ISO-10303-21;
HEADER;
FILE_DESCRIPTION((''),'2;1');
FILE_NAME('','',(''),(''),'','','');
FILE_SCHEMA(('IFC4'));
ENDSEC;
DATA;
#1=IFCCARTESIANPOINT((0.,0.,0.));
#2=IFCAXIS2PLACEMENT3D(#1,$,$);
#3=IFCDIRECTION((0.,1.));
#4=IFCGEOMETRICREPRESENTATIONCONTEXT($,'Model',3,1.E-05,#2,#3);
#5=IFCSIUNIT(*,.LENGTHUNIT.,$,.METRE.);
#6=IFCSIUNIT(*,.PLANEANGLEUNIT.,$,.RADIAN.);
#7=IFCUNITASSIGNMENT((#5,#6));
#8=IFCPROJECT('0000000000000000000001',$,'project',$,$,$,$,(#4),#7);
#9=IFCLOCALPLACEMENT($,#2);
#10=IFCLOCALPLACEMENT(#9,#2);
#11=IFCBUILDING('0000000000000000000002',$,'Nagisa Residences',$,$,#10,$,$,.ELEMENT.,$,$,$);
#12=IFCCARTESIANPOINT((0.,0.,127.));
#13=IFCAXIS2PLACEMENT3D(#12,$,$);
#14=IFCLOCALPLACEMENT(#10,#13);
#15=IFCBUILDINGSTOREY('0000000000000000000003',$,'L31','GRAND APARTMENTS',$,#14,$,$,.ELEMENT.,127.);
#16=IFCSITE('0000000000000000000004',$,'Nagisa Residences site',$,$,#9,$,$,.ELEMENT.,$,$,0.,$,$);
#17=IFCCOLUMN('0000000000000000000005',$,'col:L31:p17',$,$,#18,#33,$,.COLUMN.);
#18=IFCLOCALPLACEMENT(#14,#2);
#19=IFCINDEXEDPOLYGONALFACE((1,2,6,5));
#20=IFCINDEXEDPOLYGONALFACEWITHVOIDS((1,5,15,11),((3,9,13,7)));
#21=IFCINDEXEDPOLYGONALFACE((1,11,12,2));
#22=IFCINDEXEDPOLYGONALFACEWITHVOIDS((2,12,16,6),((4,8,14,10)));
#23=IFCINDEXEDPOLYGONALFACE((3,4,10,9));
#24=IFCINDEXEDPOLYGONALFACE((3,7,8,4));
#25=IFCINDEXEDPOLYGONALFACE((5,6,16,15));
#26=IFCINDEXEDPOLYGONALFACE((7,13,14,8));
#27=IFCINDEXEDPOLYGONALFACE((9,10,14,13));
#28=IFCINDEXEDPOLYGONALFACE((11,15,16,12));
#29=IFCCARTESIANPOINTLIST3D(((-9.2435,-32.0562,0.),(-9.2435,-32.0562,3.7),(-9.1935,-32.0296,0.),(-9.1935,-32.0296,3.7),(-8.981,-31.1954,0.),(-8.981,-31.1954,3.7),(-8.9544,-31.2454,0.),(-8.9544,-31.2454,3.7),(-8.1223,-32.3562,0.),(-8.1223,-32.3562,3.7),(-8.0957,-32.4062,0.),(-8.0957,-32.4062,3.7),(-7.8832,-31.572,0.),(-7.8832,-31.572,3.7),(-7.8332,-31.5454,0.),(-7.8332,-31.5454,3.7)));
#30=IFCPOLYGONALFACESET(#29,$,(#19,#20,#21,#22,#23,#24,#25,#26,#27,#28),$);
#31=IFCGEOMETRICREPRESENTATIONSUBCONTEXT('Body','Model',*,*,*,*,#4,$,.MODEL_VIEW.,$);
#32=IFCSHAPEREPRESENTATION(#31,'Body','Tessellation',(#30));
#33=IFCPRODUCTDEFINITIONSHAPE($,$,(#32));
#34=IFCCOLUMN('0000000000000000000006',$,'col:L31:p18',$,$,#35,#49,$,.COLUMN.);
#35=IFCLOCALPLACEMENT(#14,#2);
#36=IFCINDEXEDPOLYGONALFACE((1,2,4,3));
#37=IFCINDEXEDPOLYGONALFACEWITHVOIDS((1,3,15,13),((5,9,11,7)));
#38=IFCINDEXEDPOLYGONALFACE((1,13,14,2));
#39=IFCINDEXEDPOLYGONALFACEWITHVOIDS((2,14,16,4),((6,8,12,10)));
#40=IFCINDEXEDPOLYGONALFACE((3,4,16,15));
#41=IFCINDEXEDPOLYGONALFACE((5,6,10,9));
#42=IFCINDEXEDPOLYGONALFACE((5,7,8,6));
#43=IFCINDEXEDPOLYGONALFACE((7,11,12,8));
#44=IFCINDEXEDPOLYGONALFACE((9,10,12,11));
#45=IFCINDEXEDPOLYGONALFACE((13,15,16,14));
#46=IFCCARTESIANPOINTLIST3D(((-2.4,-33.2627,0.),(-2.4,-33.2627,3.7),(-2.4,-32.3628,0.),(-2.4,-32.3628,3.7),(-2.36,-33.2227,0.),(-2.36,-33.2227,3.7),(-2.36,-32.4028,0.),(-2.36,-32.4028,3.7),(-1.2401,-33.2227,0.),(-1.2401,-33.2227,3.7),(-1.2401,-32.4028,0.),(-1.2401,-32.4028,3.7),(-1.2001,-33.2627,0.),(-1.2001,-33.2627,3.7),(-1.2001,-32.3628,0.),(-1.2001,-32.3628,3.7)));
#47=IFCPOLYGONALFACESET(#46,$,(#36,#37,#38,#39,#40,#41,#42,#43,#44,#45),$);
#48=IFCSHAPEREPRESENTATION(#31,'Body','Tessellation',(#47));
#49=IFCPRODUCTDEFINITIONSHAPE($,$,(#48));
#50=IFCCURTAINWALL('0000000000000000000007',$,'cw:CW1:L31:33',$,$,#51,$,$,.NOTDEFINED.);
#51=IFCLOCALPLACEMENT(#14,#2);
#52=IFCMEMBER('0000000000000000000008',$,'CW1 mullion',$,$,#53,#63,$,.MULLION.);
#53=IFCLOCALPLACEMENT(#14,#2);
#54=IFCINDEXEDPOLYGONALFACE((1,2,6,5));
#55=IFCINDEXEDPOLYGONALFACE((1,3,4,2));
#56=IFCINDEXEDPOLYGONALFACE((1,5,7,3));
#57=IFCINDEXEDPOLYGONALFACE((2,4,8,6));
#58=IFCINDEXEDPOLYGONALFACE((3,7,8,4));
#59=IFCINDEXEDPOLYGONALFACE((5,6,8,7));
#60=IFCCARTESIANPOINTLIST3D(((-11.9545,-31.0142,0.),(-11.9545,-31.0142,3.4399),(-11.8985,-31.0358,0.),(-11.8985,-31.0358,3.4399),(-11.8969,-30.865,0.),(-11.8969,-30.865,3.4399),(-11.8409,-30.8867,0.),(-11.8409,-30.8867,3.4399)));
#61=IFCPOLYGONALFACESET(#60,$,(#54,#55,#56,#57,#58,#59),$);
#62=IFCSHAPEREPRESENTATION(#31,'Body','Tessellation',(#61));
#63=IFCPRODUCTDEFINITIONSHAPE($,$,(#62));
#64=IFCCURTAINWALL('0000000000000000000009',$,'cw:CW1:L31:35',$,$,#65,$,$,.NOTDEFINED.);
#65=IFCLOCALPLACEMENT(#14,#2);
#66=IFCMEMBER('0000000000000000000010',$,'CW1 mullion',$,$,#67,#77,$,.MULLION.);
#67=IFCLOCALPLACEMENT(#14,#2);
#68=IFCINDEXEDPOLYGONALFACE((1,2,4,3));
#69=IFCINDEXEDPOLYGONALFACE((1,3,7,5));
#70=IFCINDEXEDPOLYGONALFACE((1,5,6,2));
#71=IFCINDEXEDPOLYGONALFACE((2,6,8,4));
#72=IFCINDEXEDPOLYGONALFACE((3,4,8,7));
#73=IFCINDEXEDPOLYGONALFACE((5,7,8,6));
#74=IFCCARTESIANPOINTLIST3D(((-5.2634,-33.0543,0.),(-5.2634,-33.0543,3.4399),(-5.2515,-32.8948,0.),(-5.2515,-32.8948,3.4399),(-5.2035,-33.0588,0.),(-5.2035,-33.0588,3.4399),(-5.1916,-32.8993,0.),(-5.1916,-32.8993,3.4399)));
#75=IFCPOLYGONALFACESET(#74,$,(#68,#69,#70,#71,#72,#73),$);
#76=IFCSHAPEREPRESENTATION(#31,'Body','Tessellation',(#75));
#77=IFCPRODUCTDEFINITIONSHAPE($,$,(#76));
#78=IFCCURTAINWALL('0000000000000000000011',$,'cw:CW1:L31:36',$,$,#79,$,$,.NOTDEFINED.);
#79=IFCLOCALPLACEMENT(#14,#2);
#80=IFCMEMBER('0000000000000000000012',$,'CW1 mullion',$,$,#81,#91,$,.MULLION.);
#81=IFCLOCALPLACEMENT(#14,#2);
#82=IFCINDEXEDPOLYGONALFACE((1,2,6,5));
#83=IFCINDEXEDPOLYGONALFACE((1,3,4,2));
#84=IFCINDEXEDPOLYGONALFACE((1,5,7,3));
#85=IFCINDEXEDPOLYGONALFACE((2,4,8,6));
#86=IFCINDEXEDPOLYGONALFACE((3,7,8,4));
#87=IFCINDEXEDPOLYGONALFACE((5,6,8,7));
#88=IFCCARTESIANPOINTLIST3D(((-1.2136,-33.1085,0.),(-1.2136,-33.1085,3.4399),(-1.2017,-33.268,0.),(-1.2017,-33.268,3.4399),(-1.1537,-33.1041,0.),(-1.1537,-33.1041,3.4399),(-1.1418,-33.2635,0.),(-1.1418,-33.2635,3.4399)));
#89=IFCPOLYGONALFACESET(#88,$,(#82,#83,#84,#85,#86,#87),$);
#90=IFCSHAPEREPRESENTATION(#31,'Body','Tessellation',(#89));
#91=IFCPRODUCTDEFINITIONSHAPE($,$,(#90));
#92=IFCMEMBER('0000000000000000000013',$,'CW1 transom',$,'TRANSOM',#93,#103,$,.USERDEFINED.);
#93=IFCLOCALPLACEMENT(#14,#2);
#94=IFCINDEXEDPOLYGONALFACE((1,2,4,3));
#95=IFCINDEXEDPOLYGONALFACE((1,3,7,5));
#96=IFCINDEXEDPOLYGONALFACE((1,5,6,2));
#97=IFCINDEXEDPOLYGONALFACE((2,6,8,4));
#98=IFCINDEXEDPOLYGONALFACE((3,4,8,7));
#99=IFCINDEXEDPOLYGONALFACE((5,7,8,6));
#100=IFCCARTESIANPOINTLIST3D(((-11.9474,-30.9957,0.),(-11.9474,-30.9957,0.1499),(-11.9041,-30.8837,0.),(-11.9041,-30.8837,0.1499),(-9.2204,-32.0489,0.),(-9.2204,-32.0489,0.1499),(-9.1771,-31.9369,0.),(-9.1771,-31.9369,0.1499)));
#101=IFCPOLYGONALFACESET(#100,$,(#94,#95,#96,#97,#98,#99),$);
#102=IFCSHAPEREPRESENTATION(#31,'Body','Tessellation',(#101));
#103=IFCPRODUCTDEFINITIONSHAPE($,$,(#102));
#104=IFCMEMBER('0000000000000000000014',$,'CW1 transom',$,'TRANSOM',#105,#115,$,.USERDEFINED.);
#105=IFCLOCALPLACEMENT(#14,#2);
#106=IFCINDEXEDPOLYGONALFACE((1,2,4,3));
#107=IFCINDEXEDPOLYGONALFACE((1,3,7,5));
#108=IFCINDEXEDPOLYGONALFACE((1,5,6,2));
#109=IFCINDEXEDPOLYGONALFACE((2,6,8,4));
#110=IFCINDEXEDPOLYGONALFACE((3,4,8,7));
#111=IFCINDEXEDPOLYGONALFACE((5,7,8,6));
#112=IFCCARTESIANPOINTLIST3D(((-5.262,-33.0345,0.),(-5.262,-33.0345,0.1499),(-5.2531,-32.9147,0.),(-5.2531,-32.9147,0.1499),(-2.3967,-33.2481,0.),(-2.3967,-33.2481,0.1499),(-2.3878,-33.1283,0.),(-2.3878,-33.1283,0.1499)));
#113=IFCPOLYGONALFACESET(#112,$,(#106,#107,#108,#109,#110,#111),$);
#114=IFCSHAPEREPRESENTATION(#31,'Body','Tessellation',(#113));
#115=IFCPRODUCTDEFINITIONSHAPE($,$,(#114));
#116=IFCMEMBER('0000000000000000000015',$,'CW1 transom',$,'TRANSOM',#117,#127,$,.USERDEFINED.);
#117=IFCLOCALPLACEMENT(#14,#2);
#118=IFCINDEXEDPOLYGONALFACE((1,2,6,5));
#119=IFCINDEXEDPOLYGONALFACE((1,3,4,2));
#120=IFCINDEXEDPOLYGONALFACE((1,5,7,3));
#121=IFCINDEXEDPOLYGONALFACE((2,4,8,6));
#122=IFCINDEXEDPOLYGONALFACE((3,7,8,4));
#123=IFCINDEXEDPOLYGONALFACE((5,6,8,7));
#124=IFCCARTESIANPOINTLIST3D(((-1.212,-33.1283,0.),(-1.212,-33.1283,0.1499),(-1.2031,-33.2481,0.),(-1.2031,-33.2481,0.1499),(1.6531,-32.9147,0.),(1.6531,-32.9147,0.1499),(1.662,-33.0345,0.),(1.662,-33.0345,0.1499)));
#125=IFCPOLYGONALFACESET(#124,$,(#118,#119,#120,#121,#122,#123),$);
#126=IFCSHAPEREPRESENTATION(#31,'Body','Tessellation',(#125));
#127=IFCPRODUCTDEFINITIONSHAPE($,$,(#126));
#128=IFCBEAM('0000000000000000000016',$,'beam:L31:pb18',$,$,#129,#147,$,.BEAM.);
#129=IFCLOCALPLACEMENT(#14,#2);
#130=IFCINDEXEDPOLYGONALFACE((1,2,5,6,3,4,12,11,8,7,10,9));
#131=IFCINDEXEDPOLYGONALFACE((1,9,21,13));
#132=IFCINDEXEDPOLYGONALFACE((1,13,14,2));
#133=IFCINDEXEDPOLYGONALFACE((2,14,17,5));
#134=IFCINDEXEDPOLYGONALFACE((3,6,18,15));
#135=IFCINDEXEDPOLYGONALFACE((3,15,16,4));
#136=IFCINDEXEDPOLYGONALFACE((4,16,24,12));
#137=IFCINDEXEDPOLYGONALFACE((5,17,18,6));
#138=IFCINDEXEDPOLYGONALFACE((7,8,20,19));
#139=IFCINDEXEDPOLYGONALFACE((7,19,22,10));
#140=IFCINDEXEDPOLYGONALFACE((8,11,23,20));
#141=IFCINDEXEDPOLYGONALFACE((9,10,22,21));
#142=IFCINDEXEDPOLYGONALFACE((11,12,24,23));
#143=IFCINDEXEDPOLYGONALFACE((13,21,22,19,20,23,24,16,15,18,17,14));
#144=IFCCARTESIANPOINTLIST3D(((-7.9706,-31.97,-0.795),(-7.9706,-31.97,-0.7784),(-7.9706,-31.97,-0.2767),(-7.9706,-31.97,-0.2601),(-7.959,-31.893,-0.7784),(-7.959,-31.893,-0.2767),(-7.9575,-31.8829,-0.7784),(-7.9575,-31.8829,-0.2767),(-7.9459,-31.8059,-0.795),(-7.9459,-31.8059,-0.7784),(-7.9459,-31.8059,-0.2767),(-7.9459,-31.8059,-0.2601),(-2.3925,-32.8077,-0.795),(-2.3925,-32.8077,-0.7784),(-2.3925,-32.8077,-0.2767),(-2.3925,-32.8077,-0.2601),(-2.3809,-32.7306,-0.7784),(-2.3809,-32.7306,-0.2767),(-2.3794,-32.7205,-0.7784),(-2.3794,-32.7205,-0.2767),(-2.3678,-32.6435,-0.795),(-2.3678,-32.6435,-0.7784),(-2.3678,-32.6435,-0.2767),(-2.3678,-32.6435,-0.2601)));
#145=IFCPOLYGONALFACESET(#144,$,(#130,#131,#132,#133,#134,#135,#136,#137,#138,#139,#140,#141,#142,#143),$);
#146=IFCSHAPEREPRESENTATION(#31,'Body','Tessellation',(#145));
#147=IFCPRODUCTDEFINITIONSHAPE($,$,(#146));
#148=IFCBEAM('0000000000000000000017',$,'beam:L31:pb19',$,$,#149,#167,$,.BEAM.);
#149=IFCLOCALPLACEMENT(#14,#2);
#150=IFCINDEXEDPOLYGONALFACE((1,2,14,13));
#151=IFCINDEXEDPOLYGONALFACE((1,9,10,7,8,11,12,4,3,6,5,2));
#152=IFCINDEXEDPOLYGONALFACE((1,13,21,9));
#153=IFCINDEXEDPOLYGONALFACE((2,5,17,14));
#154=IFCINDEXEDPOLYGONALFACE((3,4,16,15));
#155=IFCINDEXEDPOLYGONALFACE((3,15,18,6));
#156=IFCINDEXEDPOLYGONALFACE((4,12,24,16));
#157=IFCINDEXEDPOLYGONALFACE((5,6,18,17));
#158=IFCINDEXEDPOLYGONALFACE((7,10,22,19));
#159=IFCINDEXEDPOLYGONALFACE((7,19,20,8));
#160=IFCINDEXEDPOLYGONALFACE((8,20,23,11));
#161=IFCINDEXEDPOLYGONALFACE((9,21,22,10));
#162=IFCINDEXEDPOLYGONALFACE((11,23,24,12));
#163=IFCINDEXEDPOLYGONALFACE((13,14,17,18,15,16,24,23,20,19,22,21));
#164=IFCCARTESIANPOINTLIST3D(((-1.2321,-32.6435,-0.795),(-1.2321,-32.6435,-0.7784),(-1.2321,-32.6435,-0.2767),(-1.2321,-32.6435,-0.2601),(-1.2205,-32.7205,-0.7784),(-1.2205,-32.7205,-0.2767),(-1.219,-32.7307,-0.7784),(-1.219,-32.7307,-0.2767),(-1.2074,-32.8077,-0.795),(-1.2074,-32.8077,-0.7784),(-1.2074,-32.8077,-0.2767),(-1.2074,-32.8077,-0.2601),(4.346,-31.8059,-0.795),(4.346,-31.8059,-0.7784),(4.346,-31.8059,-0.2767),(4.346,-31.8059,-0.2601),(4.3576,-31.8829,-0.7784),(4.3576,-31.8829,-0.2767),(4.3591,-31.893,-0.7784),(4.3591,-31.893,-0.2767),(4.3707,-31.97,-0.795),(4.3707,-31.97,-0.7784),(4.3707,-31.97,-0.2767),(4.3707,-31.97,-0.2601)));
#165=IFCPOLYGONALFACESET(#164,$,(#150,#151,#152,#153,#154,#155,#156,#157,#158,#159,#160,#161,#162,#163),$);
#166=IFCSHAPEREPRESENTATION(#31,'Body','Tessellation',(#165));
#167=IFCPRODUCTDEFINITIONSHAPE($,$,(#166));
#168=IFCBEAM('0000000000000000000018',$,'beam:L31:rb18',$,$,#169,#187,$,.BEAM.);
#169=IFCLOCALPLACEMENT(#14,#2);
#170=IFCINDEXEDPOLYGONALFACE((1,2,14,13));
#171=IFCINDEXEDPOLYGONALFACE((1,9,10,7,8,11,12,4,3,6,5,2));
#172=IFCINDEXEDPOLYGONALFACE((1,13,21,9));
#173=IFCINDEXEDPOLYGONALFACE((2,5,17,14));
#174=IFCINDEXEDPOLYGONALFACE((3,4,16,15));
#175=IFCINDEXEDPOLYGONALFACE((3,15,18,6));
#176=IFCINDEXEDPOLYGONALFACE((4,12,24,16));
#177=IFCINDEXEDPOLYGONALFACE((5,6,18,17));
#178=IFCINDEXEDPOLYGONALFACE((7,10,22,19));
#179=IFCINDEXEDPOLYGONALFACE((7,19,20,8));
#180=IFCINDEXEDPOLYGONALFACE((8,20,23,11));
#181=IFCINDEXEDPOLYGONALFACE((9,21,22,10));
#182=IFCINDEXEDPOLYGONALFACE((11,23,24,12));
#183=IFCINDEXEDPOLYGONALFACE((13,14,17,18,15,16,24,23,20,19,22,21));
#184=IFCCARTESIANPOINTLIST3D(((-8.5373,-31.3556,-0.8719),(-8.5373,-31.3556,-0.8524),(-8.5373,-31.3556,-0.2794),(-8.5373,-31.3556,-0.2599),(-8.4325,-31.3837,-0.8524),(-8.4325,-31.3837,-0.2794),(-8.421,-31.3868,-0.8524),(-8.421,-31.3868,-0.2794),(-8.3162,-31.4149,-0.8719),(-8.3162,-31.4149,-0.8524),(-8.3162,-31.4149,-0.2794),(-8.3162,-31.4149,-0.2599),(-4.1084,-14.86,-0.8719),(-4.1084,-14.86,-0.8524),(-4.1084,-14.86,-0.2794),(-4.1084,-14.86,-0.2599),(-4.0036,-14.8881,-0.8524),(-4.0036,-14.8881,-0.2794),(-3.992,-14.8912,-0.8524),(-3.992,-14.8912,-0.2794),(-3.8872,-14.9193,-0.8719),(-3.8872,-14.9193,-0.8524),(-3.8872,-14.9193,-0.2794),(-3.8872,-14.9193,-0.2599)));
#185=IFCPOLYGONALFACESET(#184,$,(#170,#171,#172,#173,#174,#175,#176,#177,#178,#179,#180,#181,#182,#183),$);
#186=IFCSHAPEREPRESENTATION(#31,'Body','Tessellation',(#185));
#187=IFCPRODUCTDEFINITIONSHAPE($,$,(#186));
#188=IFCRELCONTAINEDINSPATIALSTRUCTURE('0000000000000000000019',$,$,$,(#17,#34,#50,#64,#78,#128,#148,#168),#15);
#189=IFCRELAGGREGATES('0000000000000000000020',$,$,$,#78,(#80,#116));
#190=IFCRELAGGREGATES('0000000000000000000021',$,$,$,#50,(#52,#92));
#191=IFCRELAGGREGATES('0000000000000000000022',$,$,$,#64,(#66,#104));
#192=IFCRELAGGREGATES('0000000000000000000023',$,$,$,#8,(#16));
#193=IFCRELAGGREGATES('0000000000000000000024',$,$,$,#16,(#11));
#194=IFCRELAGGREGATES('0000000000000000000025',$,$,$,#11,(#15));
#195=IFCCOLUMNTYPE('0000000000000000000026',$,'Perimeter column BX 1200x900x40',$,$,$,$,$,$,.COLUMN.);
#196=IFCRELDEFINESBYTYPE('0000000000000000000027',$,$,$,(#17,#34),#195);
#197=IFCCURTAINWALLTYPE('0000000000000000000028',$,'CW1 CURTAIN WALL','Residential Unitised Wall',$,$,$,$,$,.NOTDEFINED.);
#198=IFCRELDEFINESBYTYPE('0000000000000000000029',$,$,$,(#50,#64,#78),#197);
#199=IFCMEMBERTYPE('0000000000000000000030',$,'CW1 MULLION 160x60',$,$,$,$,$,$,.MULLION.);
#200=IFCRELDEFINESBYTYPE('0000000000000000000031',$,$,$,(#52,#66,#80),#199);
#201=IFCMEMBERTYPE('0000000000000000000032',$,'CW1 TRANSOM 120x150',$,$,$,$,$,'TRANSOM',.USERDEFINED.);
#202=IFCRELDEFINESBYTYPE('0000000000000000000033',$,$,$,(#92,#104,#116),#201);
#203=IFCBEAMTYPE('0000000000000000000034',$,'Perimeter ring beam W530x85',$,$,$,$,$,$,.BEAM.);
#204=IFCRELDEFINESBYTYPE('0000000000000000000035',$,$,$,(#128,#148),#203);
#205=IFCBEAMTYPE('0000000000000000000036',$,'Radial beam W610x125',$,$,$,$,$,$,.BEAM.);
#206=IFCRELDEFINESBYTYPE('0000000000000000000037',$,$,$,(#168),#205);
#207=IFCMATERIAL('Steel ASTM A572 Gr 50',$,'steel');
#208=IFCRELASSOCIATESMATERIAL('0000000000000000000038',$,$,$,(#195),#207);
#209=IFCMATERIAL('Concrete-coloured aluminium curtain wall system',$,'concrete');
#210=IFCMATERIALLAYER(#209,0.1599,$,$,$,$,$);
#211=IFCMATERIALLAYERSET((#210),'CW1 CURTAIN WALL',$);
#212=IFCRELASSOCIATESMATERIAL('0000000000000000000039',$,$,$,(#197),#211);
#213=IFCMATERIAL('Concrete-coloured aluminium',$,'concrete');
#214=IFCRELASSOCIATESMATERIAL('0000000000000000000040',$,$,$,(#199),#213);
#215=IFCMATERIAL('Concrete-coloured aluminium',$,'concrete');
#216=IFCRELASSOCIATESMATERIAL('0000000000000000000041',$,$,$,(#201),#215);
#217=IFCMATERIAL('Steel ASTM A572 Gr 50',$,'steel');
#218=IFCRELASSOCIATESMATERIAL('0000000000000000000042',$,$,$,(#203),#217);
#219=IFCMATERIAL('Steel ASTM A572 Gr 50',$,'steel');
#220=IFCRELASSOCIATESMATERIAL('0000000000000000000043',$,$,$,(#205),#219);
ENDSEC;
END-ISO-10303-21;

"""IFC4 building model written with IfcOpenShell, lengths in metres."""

from ifc_helpers import new_model, si_unit, direction, frame, origin, origin_2d, place, context, subcontext, project, spatial, rectangle, hollow_rectangle, i_section, extrude, material, layer, layer_set, material_profile, profile_set, type_object, element, aggregate, save


model = new_model("IFC4")

# Units and contexts
model_context = context("Model", 3, precision=1e-05, world=origin(), true_north=direction((0.0, 1.0)))
body_context = subcontext(model_context, "Body", "Model", "MODEL_VIEW")
ifc_project = project(units=[si_unit("LENGTHUNIT", "METRE"), si_unit("PLANEANGLEUNIT", "RADIAN")], contexts=[model_context])

# Site, building, storey
site_placement = place(None, origin())
site = spatial("IfcSite", under=ifc_project, at=site_placement, Name="Nagisa Residences site", CompositionType="ELEMENT", RefElevation=0.0)
building_placement = place(site_placement, origin())
building = spatial("IfcBuilding", under=site, at=building_placement, Name="Nagisa Residences", CompositionType="ELEMENT")
storey_placement = place(building_placement, frame((0.0, 0.0, 127.0)))
storey = spatial("IfcBuildingStorey", under=building, at=storey_placement, Name="L31", Description="GRAND APARTMENTS", CompositionType="ELEMENT", Elevation=127.0)

# Columns
ifc_material_1 = material(Name="Steel ASTM A572 Gr 50", Category="steel")
ifc_material_profile_1 = material_profile(ifc_material_1, hollow_rectangle(XDim=1.2, YDim=0.8999, WallThickness=0.04, at=origin_2d()), Name="BX 1200x900x40")
ifc_profile_set_1 = profile_set([ifc_material_profile_1], Name="Steel ASTM A572 Gr 50")
column_type = type_object("IfcColumnType", Name="Perimeter column BX 1200x900x40", PredefinedType="COLUMN", material=ifc_profile_set_1)
for number, where, z_axis, x_axis, name in (
    (1, (-8.5383, -31.8008, 0.0), (0.0, 0.0, 1.0), (0.956525, -0.291652, 0.0), "col:L31:p17"),
    (2, (-1.8, -32.8127, 0.0), (0.0, 0.0, 1.0), (1.0, 0.0, 0.0), "col:L31:p18"),
):
    element("IfcColumn", number, at=place(storey_placement, frame(where, z_axis=z_axis, x_axis=x_axis)), inside=storey, type_object=column_type, Name=name, PredefinedType="COLUMN", context=body_context, shape_type="SweptSolid", body=[
        extrude(hollow_rectangle(XDim=1.2, YDim=0.8999, WallThickness=0.04, at=origin_2d()), origin(), (0.0, 0.0, 1.0), 3.7),
    ])

# Curtain walls, members
ifc_material_2 = material(Name="Concrete-coloured aluminium curtain wall system", Category="concrete")
ifc_layer_1 = layer(ifc_material_2, 0.1599)
ifc_layer_set_1 = layer_set([ifc_layer_1], Name="CW1 CURTAIN WALL")
curtain_wall_type = type_object("IfcCurtainWallType", Name="CW1 CURTAIN WALL", Description="Residential Unitised Wall", PredefinedType="NOTDEFINED", material=ifc_layer_set_1)
curtain_wall_1_placement = place(storey_placement, origin())
curtain_wall_1 = element("IfcCurtainWall", 3, at=curtain_wall_1_placement, inside=storey, type_object=curtain_wall_type, Name="cw:CW1:L31:33", PredefinedType="NOTDEFINED")
ifc_material_3 = material(Name="Concrete-coloured aluminium", Category="concrete")
ifc_material_profile_2 = material_profile(ifc_material_3, rectangle(XDim=0.1599, YDim=0.0601, at=origin_2d()), Name="CW1 MULLION 160x60")
ifc_profile_set_2 = profile_set([ifc_material_profile_2], Name="Concrete-coloured aluminium")
member_type_1 = type_object("IfcMemberType", Name="CW1 MULLION 160x60", PredefinedType="MULLION", material=ifc_profile_set_2)
member_1_placement = place(storey_placement, frame((-11.8977, -30.9504, 0.0), z_axis=(0.0, 0.0, 1.0), x_axis=(0.360328, 0.932826, 0.0)))
member_1 = element("IfcMember", 4, at=member_1_placement, type_object=member_type_1, Name="CW1 mullion", PredefinedType="MULLION", context=body_context, shape_type="SweptSolid", body=[
    extrude(rectangle(XDim=0.1599, YDim=0.0601, at=origin_2d()), origin(), (0.0, 0.0, 1.0), 3.4399),
])
curtain_wall_2_placement = place(storey_placement, origin())
curtain_wall_2 = element("IfcCurtainWall", 5, at=curtain_wall_2_placement, inside=storey, type_object=curtain_wall_type, Name="cw:CW1:L31:35", PredefinedType="NOTDEFINED")
member_2_placement = place(storey_placement, frame((-5.2275, -32.9768, 0.0), z_axis=(0.0, 0.0, 1.0), x_axis=(0.074377, 0.99723, 0.0)))
member_2 = element("IfcMember", 6, at=member_2_placement, type_object=member_type_1, Name="CW1 mullion", PredefinedType="MULLION", context=body_context, shape_type="SweptSolid", body=[
    extrude(rectangle(XDim=0.1599, YDim=0.0601, at=origin_2d()), origin(), (0.0, 0.0, 1.0), 3.4399),
])
curtain_wall_3_placement = place(storey_placement, origin())
curtain_wall_3 = element("IfcCurtainWall", 7, at=curtain_wall_3_placement, inside=storey, type_object=curtain_wall_type, Name="cw:CW1:L31:36", PredefinedType="NOTDEFINED")
member_3_placement = place(storey_placement, frame((-1.1777, -33.186, 0.0), z_axis=(0.0, 0.0, 1.0), x_axis=(-0.074377, 0.99723, 0.0)))
member_3 = element("IfcMember", 8, at=member_3_placement, type_object=member_type_1, Name="CW1 mullion", PredefinedType="MULLION", context=body_context, shape_type="SweptSolid", body=[
    extrude(rectangle(XDim=0.1599, YDim=0.0601, at=origin_2d()), origin(), (0.0, 0.0, 1.0), 3.4399),
])

# Members
ifc_material_4 = material(Name="Concrete-coloured aluminium", Category="concrete")
ifc_material_profile_3 = material_profile(ifc_material_4, rectangle(XDim=0.1201, YDim=0.1499, at=origin_2d()), Name="CW1 TRANSOM 120x150")
ifc_profile_set_3 = profile_set([ifc_material_profile_3], Name="Concrete-coloured aluminium")
member_type_2 = type_object("IfcMemberType", Name="CW1 TRANSOM 120x150", ElementType="TRANSOM", PredefinedType="USERDEFINED", material=ifc_profile_set_3)
member_4_placement = place(storey_placement, frame((-11.9258, -30.9397, 0.075), z_axis=(0.932845, -0.360277, 0.0), x_axis=(0.360277, 0.932845, 0.0)))
member_4 = element("IfcMember", 9, at=member_4_placement, type_object=member_type_2, Name="CW1 transom", ObjectType="TRANSOM", PredefinedType="USERDEFINED", context=body_context, shape_type="SweptSolid", body=[
    extrude(rectangle(XDim=0.1201, YDim=0.1499, at=origin_2d()), origin(), (0.0, 0.0, 1.0), 2.9233),
])
member_5_placement = place(storey_placement, frame((-5.2576, -32.9746, 0.075), z_axis=(0.997232, -0.074351, 0.0), x_axis=(0.074351, 0.997232, 0.0)))
member_5 = element("IfcMember", 10, at=member_5_placement, type_object=member_type_2, Name="CW1 transom", ObjectType="TRANSOM", PredefinedType="USERDEFINED", context=body_context, shape_type="SweptSolid", body=[
    extrude(rectangle(XDim=0.1201, YDim=0.1499, at=origin_2d()), origin(), (0.0, 0.0, 1.0), 2.8733),
])
member_6_placement = place(storey_placement, frame((-1.2075, -33.1882, 0.075), z_axis=(0.997232, 0.074357, 0.0), x_axis=(-0.074357, 0.997232, 0.0)))
member_6 = element("IfcMember", 11, at=member_6_placement, type_object=member_type_2, Name="CW1 transom", ObjectType="TRANSOM", PredefinedType="USERDEFINED", context=body_context, shape_type="SweptSolid", body=[
    extrude(rectangle(XDim=0.1201, YDim=0.1499, at=origin_2d()), origin(), (0.0, 0.0, 1.0), 2.873),
])
aggregate(curtain_wall_3, [member_3, member_6])

# Beams
ifc_material_5 = material(Name="Steel ASTM A572 Gr 50", Category="steel")
ifc_material_profile_4 = material_profile(ifc_material_5, i_section(OverallWidth=0.166, OverallDepth=0.5349, WebThickness=0.0103, FlangeThickness=0.0166, at=origin_2d()), Name="W530x85")
ifc_profile_set_4 = profile_set([ifc_material_profile_4], Name="Steel ASTM A572 Gr 50")
beam_type_1 = type_object("IfcBeamType", Name="Perimeter ring beam W530x85", PredefinedType="BEAM", material=ifc_profile_set_4)
for number, where, z_axis, x_axis, name in (
    (12, (-7.9583, -31.8879, -0.5276), (0.988912, -0.148501, 0.0), (0.148501, 0.988912, 0.0), "beam:L31:pb18"),
    (13, (-1.2197, -32.7256, -0.5276), (0.988912, 0.148501, 0.0), (-0.148501, 0.988912, 0.0), "beam:L31:pb19"),
):
    element("IfcBeam", number, at=place(storey_placement, frame(where, z_axis=z_axis, x_axis=x_axis)), inside=storey, type_object=beam_type_1, Name=name, PredefinedType="BEAM", context=body_context, shape_type="SweptSolid", body=[
        extrude(i_section(OverallWidth=0.166, OverallDepth=0.5349, WebThickness=0.0103, FlangeThickness=0.0166, at=origin_2d()), origin(), (0.0, 0.0, 1.0), 5.6406),
    ])
ifc_material_6 = material(Name="Steel ASTM A572 Gr 50", Category="steel")
ifc_material_profile_5 = material_profile(ifc_material_6, i_section(OverallWidth=0.229, OverallDepth=0.6121, WebThickness=0.012, FlangeThickness=0.0195, at=origin_2d()), Name="W610x125")
ifc_profile_set_5 = profile_set([ifc_material_profile_5], Name="Steel ASTM A572 Gr 50")
beam_type_2 = type_object("IfcBeamType", Name="Radial beam W610x125", PredefinedType="BEAM", material=ifc_profile_set_5)
beam_1_placement = place(storey_placement, frame((-8.4268, -31.3853, -0.5659), z_axis=(0.259309, 0.965794, 0.0), x_axis=(-0.965794, 0.259309, 0.0)))
element("IfcBeam", 14, at=beam_1_placement, inside=storey, type_object=beam_type_2, Name="beam:L31:rb18", PredefinedType="BEAM", context=body_context, shape_type="SweptSolid", body=[
    extrude(i_section(OverallWidth=0.229, OverallDepth=0.6121, WebThickness=0.012, FlangeThickness=0.0195, at=origin_2d()), origin(), (0.0, 0.0, 1.0), 17.0798),
])

aggregate(curtain_wall_1, [member_1, member_4])
aggregate(curtain_wall_2, [member_2, member_5])

save(model, "model.ifc")
